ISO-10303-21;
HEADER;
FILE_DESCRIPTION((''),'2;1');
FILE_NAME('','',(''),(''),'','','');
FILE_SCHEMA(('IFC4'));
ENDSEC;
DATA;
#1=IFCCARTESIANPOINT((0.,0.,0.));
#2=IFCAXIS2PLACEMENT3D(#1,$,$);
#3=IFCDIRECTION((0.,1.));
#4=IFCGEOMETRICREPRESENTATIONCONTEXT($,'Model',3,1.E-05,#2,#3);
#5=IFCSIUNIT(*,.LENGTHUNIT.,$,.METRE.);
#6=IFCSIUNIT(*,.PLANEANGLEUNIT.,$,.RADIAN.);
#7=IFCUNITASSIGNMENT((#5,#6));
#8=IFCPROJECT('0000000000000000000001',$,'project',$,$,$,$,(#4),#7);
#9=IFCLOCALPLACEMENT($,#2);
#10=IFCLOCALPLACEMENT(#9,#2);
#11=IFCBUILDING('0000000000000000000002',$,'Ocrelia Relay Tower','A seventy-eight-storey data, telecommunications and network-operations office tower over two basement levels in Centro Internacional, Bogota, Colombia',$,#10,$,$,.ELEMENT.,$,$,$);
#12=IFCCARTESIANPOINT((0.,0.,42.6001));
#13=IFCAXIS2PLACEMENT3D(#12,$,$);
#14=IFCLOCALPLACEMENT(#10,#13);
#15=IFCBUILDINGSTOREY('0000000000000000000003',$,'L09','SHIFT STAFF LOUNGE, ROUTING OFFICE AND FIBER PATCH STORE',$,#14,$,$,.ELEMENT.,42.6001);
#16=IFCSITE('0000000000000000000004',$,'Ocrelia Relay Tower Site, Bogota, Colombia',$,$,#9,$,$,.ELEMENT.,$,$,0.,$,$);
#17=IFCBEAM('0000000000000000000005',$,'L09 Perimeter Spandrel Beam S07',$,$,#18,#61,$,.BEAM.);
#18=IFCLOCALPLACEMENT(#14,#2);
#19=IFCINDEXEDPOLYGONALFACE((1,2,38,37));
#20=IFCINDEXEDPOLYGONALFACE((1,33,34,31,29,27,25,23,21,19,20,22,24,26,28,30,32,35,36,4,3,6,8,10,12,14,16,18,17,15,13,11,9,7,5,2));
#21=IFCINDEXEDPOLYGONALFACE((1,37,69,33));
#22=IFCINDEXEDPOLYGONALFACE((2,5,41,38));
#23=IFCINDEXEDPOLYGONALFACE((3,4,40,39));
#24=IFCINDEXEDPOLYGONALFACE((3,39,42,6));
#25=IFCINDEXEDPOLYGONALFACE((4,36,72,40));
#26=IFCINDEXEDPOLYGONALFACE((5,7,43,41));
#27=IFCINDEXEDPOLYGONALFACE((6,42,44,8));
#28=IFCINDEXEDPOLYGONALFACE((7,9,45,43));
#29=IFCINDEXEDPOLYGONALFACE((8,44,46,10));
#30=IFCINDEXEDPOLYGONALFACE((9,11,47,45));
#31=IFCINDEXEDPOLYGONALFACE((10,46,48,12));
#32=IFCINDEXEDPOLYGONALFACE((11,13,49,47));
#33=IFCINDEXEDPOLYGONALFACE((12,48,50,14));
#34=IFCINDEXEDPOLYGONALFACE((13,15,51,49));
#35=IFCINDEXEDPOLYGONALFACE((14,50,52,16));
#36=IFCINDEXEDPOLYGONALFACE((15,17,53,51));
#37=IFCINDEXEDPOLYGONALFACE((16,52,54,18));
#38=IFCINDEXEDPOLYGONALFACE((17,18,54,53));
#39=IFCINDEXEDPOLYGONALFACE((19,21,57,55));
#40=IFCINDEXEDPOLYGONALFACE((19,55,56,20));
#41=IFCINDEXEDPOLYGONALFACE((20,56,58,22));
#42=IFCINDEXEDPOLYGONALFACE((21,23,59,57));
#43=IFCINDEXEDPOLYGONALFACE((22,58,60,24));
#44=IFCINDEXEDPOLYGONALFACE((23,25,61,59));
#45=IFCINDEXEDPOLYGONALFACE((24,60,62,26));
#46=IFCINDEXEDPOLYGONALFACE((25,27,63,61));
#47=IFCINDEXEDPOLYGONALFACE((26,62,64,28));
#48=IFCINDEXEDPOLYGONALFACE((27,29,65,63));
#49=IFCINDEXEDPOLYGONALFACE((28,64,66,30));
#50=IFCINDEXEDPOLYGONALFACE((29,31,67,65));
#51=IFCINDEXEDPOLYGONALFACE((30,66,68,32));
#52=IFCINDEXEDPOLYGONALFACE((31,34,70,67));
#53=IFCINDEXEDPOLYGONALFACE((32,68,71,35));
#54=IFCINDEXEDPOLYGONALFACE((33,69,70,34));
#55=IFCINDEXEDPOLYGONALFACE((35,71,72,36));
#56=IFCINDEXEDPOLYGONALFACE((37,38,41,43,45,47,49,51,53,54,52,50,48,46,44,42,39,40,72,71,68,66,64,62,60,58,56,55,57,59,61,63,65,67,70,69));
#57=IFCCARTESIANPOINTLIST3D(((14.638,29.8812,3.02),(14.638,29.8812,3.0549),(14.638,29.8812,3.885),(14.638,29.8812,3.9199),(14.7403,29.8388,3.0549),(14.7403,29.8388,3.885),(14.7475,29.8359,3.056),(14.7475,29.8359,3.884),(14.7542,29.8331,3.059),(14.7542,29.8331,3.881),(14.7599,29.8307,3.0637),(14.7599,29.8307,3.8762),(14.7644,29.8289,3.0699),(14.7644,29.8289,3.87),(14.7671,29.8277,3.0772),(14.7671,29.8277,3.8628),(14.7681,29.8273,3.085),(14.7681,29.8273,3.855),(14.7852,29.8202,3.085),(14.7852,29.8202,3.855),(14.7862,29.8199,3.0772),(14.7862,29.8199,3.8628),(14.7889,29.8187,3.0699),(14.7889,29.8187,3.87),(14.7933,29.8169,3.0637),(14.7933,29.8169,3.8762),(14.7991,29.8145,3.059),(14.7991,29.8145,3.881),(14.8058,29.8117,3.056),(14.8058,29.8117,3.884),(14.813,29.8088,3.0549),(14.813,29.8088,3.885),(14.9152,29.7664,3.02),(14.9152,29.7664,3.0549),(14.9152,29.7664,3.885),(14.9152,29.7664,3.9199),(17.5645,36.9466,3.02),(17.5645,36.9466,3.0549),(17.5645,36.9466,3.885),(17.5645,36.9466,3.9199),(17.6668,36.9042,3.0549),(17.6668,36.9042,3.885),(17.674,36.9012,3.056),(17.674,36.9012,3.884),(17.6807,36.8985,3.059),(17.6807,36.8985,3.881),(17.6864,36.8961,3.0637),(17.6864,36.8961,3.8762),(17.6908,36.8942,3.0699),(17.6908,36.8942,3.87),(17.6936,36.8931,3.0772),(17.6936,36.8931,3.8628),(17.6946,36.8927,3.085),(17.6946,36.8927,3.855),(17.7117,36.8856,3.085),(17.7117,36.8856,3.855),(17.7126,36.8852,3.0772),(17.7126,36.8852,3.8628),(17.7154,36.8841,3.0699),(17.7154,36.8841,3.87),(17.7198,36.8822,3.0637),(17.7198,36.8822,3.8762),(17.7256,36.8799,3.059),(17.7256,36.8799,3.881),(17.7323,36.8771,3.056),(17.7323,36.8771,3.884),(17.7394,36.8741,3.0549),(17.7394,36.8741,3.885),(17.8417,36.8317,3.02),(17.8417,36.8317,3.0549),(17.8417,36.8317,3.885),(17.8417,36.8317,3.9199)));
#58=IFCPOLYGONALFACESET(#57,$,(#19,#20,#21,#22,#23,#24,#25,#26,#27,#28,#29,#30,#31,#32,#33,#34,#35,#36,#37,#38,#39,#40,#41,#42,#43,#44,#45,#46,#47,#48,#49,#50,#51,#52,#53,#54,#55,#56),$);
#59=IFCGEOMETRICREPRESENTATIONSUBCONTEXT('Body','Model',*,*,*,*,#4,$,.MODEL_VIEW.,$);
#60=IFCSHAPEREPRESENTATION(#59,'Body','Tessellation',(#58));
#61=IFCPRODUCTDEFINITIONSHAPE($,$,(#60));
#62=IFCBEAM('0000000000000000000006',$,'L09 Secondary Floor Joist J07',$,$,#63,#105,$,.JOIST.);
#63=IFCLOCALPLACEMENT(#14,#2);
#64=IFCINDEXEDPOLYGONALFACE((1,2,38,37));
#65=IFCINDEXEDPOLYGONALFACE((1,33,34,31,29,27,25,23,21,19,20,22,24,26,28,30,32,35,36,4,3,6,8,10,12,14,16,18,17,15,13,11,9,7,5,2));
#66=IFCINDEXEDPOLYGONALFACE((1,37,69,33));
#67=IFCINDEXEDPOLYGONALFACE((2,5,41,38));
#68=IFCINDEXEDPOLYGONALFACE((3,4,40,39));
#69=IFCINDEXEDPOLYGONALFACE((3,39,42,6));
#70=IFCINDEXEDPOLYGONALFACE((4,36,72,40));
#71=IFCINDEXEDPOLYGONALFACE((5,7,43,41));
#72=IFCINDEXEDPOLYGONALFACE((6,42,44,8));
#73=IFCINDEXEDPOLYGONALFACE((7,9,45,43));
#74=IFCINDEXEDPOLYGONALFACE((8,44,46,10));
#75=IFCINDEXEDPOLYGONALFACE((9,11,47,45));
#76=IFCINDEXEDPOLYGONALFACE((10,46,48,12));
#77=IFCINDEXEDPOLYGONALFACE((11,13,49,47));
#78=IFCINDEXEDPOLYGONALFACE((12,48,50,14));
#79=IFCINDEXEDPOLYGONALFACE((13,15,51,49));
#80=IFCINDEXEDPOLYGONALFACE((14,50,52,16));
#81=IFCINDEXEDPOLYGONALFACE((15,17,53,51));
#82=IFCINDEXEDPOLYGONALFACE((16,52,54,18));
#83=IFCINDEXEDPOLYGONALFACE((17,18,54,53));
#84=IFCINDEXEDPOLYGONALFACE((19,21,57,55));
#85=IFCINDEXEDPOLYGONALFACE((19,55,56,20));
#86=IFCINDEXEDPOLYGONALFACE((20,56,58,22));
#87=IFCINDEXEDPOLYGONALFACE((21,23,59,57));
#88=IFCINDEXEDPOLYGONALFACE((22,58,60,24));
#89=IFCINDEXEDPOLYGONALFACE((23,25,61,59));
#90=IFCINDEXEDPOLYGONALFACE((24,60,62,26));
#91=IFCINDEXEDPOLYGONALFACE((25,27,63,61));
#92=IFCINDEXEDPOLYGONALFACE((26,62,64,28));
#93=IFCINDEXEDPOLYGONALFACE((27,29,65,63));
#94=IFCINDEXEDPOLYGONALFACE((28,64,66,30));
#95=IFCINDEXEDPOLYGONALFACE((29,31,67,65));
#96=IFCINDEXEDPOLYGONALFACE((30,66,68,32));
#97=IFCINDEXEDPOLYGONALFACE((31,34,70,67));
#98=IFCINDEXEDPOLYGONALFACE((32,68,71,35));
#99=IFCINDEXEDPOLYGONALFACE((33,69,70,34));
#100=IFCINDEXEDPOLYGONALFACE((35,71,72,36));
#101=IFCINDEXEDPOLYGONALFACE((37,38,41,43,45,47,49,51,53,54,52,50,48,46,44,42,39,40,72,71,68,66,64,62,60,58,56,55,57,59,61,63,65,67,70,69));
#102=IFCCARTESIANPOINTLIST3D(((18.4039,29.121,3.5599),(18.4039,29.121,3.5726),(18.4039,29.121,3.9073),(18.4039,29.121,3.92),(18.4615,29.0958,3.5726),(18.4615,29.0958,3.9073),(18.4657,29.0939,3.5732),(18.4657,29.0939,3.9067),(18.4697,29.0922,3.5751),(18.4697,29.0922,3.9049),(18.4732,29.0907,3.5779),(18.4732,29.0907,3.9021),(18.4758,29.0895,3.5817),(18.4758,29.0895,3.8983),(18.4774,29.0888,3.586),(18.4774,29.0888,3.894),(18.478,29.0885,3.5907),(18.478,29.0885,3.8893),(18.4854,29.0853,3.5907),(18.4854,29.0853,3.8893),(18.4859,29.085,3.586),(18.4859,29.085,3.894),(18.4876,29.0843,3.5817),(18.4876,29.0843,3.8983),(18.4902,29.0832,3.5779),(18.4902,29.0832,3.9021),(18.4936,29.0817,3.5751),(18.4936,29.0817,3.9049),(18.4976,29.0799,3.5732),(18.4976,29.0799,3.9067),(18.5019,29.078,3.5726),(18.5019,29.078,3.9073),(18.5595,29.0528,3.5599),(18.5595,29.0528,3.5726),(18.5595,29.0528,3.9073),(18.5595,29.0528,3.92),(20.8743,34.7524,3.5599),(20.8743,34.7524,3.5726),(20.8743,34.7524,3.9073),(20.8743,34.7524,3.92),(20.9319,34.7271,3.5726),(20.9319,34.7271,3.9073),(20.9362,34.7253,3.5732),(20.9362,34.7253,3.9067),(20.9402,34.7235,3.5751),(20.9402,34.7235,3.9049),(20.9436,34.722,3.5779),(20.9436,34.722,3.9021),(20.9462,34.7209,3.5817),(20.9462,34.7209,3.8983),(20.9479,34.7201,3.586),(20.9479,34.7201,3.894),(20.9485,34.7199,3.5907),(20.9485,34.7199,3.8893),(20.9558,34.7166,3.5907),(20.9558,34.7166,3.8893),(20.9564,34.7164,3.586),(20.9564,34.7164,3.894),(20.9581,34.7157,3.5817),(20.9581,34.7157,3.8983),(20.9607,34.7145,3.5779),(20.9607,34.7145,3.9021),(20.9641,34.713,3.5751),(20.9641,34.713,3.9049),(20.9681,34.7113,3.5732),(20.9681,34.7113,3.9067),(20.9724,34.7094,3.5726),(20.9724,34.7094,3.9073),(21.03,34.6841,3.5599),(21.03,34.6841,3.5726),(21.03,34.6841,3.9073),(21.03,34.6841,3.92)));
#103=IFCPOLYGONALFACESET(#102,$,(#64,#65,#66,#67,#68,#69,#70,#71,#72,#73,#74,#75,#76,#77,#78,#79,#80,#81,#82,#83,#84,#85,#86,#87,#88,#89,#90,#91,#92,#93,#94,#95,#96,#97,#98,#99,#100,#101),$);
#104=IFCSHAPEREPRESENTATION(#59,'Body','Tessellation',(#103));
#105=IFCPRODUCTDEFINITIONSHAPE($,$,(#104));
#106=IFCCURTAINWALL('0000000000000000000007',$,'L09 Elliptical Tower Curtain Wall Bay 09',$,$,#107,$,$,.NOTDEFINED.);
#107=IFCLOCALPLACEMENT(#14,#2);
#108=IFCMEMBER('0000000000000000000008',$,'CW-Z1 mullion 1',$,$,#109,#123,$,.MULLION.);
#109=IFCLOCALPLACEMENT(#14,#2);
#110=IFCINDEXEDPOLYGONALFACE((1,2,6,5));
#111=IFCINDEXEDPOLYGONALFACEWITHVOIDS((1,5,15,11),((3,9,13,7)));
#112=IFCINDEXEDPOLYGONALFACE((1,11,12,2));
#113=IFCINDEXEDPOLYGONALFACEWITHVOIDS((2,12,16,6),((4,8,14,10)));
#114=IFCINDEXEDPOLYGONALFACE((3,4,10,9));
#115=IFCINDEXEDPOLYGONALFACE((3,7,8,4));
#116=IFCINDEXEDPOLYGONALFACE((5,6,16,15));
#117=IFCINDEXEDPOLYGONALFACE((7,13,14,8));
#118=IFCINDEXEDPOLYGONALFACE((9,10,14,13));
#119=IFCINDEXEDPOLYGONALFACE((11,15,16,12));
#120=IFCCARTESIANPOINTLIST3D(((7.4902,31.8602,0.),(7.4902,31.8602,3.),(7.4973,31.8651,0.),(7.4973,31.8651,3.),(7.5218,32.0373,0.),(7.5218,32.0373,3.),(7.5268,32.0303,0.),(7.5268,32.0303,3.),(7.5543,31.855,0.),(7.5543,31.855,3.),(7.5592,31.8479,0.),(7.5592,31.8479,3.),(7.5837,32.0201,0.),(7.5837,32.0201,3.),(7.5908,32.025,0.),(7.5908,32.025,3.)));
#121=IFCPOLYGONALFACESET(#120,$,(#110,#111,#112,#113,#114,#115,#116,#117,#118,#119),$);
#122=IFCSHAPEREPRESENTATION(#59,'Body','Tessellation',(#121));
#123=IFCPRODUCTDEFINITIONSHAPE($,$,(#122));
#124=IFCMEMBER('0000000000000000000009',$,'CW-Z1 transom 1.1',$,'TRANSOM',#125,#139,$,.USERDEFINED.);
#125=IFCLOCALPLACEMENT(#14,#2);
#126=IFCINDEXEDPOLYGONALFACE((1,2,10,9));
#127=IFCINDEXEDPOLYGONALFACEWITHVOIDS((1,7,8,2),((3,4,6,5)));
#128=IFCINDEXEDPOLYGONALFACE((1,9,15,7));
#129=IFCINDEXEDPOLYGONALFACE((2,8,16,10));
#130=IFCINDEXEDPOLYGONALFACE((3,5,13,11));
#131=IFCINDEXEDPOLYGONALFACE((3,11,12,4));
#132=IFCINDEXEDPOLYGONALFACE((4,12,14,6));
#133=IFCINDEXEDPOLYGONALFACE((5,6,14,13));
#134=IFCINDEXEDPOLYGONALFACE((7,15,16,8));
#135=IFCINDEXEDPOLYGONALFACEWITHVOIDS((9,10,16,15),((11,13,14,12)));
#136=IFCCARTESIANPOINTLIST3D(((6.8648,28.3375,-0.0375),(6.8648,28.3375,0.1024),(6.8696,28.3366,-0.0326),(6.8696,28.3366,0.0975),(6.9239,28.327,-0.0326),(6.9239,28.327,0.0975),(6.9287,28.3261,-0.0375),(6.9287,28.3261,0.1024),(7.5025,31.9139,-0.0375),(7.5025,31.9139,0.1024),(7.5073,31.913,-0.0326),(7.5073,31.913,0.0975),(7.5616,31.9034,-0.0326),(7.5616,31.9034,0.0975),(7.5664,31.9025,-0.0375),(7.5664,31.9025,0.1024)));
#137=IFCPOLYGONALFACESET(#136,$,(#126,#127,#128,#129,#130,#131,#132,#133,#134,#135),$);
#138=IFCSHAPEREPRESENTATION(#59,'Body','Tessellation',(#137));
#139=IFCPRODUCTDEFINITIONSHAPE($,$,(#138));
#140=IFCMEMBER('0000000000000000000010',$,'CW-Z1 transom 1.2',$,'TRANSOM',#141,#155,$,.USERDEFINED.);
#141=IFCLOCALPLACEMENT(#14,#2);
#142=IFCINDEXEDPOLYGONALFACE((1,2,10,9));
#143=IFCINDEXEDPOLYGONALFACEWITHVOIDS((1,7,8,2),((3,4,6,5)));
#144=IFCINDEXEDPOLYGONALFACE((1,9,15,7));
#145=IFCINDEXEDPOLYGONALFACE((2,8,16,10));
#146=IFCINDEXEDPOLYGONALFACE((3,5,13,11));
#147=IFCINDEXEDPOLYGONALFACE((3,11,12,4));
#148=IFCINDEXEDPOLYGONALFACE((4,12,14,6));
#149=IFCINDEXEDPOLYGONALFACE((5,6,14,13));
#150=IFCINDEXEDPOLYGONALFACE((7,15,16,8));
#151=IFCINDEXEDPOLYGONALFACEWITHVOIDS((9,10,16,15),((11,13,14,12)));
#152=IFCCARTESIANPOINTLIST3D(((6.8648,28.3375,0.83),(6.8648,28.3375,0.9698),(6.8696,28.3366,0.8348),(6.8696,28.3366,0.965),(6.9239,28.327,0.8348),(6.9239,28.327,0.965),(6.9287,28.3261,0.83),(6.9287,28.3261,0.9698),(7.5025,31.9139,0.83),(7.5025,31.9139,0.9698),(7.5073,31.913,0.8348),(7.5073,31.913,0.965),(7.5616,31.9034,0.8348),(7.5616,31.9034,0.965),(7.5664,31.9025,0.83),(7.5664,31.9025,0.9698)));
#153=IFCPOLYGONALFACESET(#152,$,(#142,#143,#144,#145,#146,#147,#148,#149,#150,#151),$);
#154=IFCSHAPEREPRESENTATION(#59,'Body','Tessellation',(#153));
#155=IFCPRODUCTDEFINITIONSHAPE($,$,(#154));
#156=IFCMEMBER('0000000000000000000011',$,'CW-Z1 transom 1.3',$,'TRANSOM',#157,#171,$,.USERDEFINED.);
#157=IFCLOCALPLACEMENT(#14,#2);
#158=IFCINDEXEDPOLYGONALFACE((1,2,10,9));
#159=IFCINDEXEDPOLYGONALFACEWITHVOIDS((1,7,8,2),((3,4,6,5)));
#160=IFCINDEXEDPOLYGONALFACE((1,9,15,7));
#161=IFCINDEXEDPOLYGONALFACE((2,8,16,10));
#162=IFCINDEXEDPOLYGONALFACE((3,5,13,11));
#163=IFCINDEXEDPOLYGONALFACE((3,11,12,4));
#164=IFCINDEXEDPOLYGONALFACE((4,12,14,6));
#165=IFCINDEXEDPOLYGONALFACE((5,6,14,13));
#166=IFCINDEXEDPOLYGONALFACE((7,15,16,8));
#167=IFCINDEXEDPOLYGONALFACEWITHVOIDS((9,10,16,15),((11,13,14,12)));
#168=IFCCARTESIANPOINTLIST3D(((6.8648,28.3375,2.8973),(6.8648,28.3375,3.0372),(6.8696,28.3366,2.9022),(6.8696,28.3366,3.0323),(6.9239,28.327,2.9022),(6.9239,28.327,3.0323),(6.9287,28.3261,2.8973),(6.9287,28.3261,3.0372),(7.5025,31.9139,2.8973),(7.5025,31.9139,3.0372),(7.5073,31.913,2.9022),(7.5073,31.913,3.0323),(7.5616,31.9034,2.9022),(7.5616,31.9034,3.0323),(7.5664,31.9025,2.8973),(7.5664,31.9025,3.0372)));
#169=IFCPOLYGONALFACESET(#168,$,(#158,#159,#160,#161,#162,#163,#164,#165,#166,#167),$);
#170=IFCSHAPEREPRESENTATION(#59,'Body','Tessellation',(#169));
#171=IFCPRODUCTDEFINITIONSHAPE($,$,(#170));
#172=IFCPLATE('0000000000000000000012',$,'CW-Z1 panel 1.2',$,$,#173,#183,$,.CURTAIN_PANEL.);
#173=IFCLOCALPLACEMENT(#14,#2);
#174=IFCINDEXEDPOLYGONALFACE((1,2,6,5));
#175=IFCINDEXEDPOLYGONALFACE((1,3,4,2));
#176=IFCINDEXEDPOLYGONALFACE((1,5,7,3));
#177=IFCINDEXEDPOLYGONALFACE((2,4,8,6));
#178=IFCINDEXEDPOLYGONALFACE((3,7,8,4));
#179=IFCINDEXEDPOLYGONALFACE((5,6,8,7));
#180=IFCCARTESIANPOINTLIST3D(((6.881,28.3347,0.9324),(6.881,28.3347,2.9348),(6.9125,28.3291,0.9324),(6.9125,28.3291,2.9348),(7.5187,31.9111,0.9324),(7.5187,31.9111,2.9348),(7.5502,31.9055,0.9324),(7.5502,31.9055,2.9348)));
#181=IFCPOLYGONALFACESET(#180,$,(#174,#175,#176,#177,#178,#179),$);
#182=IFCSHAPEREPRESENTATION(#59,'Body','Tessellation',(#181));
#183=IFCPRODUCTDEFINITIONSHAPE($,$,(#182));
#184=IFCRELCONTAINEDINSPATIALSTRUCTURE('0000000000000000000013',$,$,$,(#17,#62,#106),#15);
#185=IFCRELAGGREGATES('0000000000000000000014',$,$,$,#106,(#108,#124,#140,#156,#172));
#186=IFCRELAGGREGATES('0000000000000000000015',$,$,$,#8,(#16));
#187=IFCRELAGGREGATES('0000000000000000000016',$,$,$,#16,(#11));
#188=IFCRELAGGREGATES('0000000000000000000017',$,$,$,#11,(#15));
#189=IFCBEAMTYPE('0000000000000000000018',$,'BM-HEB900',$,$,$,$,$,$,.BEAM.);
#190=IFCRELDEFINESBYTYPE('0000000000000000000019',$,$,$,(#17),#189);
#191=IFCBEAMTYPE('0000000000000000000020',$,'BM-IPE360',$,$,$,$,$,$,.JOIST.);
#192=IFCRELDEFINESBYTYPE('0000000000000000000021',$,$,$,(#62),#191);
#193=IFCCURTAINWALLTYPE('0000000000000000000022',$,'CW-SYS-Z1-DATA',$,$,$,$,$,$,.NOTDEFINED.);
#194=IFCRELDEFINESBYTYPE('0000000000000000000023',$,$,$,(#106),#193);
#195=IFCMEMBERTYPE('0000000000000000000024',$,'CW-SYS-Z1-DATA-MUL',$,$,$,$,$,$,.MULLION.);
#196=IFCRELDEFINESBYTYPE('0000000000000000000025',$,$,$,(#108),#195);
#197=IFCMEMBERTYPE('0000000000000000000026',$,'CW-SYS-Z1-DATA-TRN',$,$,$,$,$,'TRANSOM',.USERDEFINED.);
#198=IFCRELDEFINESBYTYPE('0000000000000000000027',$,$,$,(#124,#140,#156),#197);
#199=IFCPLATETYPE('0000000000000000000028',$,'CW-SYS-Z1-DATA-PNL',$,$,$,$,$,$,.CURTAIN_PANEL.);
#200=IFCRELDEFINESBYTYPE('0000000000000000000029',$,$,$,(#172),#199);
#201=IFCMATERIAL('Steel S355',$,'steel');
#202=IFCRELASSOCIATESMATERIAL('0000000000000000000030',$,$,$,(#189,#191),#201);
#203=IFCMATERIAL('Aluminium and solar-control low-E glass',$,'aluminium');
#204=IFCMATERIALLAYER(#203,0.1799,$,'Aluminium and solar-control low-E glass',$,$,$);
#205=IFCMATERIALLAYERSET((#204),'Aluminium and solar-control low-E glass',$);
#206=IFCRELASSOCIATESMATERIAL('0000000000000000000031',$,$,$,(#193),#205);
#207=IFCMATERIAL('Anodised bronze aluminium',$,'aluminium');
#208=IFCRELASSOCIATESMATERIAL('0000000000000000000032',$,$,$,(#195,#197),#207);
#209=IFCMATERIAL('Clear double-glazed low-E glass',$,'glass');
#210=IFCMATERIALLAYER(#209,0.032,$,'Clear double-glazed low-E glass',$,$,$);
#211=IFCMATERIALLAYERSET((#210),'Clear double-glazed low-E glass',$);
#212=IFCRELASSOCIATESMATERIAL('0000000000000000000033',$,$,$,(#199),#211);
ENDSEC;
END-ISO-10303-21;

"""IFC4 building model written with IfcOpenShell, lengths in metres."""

from ifc_helpers import new_model, si_unit, direction, frame, origin, origin_2d, place, context, subcontext, project, spatial, rectangle, hollow_rectangle, i_section, extrude, material, layer, layer_set, material_profile, profile_set, type_object, element, aggregate, save


model = new_model("IFC4")

# Units and contexts
model_context = context("Model", 3, precision=1e-05, world=origin(), true_north=direction((0.0, 1.0)))
body_context = subcontext(model_context, "Body", "Model", "MODEL_VIEW")
ifc_project = project(units=[si_unit("LENGTHUNIT", "METRE"), si_unit("PLANEANGLEUNIT", "RADIAN")], contexts=[model_context])

# Site, building, storey
site_placement = place(None, origin())
site = spatial("IfcSite", under=ifc_project, at=site_placement, Name="Ocrelia Relay Tower Site, Bogota, Colombia", CompositionType="ELEMENT", RefElevation=0.0)
building_placement = place(site_placement, origin())
building = spatial("IfcBuilding", under=site, at=building_placement, Name="Ocrelia Relay Tower", Description="A seventy-eight-storey data, telecommunications and network-operations office tower over two basement levels in Centro Internacional, Bogota, Colombia", CompositionType="ELEMENT")
storey_placement = place(building_placement, frame((0.0, 0.0, 42.6001)))
storey = spatial("IfcBuildingStorey", under=building, at=storey_placement, Name="L09", Description="SHIFT STAFF LOUNGE, ROUTING OFFICE AND FIBER PATCH STORE", CompositionType="ELEMENT", Elevation=42.6001)

# Beams
ifc_material_1 = material(Name="Steel S355", Category="steel")
ifc_material_profile_1 = material_profile(ifc_material_1, i_section(OverallWidth=0.3, OverallDepth=0.8999, WebThickness=0.0186, FlangeThickness=0.0349, FilletRadius=0.03, at=origin_2d()), Name="HEB 900")
ifc_profile_set_1 = profile_set([ifc_material_profile_1], Name="Steel S355")
beam_type_1 = type_object("IfcBeamType", Name="BM-HEB900", PredefinedType="BEAM", material=ifc_profile_set_1)
beam_1_placement = place(storey_placement, frame((17.7031, 36.8892, 3.47), z_axis=(-0.382674, -0.923883, 0.0), x_axis=(0.923883, -0.382674, 0.0)))
element("IfcBeam", 1, at=beam_1_placement, inside=storey, type_object=beam_type_1, Name="L09 Perimeter Spandrel Beam S07", PredefinedType="BEAM", context=body_context, shape_type="SweptSolid", body=[
    extrude(i_section(OverallWidth=0.3, OverallDepth=0.8999, WebThickness=0.0186, FlangeThickness=0.0349, FilletRadius=0.03, at=origin_2d()), origin(), (0.0, 0.0, 1.0), 7.6475),
])
ifc_material_profile_2 = material_profile(ifc_material_1, i_section(OverallWidth=0.1699, OverallDepth=0.3601, WebThickness=0.0081, FlangeThickness=0.0127, FilletRadius=0.0181, at=origin_2d()), Name="IPE 360")
ifc_profile_set_2 = profile_set([ifc_material_profile_2], Name="Steel S355")
beam_type_2 = type_object("IfcBeamType", Name="BM-IPE360", PredefinedType="JOIST", material=ifc_profile_set_2)
beam_2_placement = place(storey_placement, frame((20.9521, 34.7183, 3.74), z_axis=(-0.401739, -0.915754, 0.0), x_axis=(0.915754, -0.401739, 0.0)))
element("IfcBeam", 2, at=beam_2_placement, inside=storey, type_object=beam_type_2, Name="L09 Secondary Floor Joist J07", PredefinedType="JOIST", context=body_context, shape_type="SweptSolid", body=[
    extrude(i_section(OverallWidth=0.1699, OverallDepth=0.3601, WebThickness=0.0081, FlangeThickness=0.0127, FilletRadius=0.0181, at=origin_2d()), origin(), (0.0, 0.0, 1.0), 6.1494),
])

# Curtain wall, members, plate
ifc_material_2 = material(Name="Aluminium and solar-control low-E glass", Category="aluminium")
ifc_layer_1 = layer(ifc_material_2, 0.1799, Name="Aluminium and solar-control low-E glass")
ifc_layer_set_1 = layer_set([ifc_layer_1], Name="Aluminium and solar-control low-E glass")
curtain_wall_type = type_object("IfcCurtainWallType", Name="CW-SYS-Z1-DATA", PredefinedType="NOTDEFINED", material=ifc_layer_set_1)
curtain_wall_placement = place(storey_placement, origin())
curtain_wall = element("IfcCurtainWall", 3, at=curtain_wall_placement, inside=storey, type_object=curtain_wall_type, Name="L09 Elliptical Tower Curtain Wall Bay 09", PredefinedType="NOTDEFINED")
ifc_material_3 = material(Name="Anodised bronze aluminium", Category="aluminium")
ifc_material_profile_3 = material_profile(ifc_material_3, hollow_rectangle(XDim=0.0701, YDim=0.1799, WallThickness=0.0061, at=origin_2d()), Name="CW-MUL-180x70")
ifc_profile_set_3 = profile_set([ifc_material_profile_3], Name="Anodised bronze aluminium")
member_type_1 = type_object("IfcMemberType", Name="CW-SYS-Z1-DATA-MUL", PredefinedType="MULLION", material=ifc_profile_set_3)
member_1_placement = place(storey_placement, frame((7.5405, 31.9426, 0.0), z_axis=(0.0, 0.0, 1.0), x_axis=(0.984473, -0.175534, 0.0)))
member_1 = element("IfcMember", 4, at=member_1_placement, type_object=member_type_1, Name="CW-Z1 mullion 1", PredefinedType="MULLION", context=body_context, shape_type="SweptSolid", body=[
    extrude(hollow_rectangle(XDim=0.0701, YDim=0.1799, WallThickness=0.0061, at=origin_2d()), origin(), (0.0, 0.0, 1.0), 3.0),
])
ifc_material_profile_4 = material_profile(ifc_material_3, hollow_rectangle(XDim=0.0649, YDim=0.1399, WallThickness=0.0049, at=origin_2d()), Name="CW-TRN-140x65")
ifc_profile_set_4 = profile_set([ifc_material_profile_4], Name="Anodised bronze aluminium")
member_type_2 = type_object("IfcMemberType", Name="CW-SYS-Z1-DATA-TRN", ElementType="TRANSOM", PredefinedType="USERDEFINED", material=ifc_profile_set_4)
member_2_placement = place(storey_placement, frame((7.5344, 31.9082, 0.0325), z_axis=(-0.175537, -0.984473, 0.0), x_axis=(0.984473, -0.175537, 0.0)))
member_2 = element("IfcMember", 5, at=member_2_placement, type_object=member_type_2, Name="CW-Z1 transom 1.1", ObjectType="TRANSOM", PredefinedType="USERDEFINED", context=body_context, shape_type="SweptSolid", body=[
    extrude(hollow_rectangle(XDim=0.0649, YDim=0.1399, WallThickness=0.0049, at=origin_2d()), origin(), (0.0, 0.0, 1.0), 3.6328),
])
member_3_placement = place(storey_placement, frame((7.5344, 31.9082, 0.8999), z_axis=(-0.175537, -0.984473, 0.0), x_axis=(0.984473, -0.175537, 0.0)))
member_3 = element("IfcMember", 6, at=member_3_placement, type_object=member_type_2, Name="CW-Z1 transom 1.2", ObjectType="TRANSOM", PredefinedType="USERDEFINED", context=body_context, shape_type="SweptSolid", body=[
    extrude(hollow_rectangle(XDim=0.0649, YDim=0.1399, WallThickness=0.0049, at=origin_2d()), origin(), (0.0, 0.0, 1.0), 3.6328),
])
member_4_placement = place(storey_placement, frame((7.5344, 31.9082, 2.9673), z_axis=(-0.175537, -0.984473, 0.0), x_axis=(0.984473, -0.175537, 0.0)))
member_4 = element("IfcMember", 7, at=member_4_placement, type_object=member_type_2, Name="CW-Z1 transom 1.3", ObjectType="TRANSOM", PredefinedType="USERDEFINED", context=body_context, shape_type="SweptSolid", body=[
    extrude(hollow_rectangle(XDim=0.0649, YDim=0.1399, WallThickness=0.0049, at=origin_2d()), origin(), (0.0, 0.0, 1.0), 3.6328),
])
ifc_material_4 = material(Name="Clear double-glazed low-E glass", Category="glass")
ifc_layer_2 = layer(ifc_material_4, 0.032, Name="Clear double-glazed low-E glass")
ifc_layer_set_2 = layer_set([ifc_layer_2], Name="Clear double-glazed low-E glass")
plate_type = type_object("IfcPlateType", Name="CW-SYS-Z1-DATA-PNL", PredefinedType="CURTAIN_PANEL", material=ifc_layer_set_2)
plate_placement = place(storey_placement, frame((7.2156, 30.1201, 0.9324), z_axis=(0.0, 0.0, 1.0), x_axis=(-0.175534, -0.984473, 0.0)))
plate = element("IfcPlate", 8, at=plate_placement, type_object=plate_type, Name="CW-Z1 panel 1.2", PredefinedType="CURTAIN_PANEL", context=body_context, shape_type="SweptSolid", body=[
    extrude(rectangle(XDim=3.6328, YDim=0.032, at=origin_2d()), origin(), (0.0, 0.0, 1.0), 2.0024),
])
aggregate(curtain_wall, [member_1, member_2, member_3, member_4, plate])

save(model, "model.ifc")
